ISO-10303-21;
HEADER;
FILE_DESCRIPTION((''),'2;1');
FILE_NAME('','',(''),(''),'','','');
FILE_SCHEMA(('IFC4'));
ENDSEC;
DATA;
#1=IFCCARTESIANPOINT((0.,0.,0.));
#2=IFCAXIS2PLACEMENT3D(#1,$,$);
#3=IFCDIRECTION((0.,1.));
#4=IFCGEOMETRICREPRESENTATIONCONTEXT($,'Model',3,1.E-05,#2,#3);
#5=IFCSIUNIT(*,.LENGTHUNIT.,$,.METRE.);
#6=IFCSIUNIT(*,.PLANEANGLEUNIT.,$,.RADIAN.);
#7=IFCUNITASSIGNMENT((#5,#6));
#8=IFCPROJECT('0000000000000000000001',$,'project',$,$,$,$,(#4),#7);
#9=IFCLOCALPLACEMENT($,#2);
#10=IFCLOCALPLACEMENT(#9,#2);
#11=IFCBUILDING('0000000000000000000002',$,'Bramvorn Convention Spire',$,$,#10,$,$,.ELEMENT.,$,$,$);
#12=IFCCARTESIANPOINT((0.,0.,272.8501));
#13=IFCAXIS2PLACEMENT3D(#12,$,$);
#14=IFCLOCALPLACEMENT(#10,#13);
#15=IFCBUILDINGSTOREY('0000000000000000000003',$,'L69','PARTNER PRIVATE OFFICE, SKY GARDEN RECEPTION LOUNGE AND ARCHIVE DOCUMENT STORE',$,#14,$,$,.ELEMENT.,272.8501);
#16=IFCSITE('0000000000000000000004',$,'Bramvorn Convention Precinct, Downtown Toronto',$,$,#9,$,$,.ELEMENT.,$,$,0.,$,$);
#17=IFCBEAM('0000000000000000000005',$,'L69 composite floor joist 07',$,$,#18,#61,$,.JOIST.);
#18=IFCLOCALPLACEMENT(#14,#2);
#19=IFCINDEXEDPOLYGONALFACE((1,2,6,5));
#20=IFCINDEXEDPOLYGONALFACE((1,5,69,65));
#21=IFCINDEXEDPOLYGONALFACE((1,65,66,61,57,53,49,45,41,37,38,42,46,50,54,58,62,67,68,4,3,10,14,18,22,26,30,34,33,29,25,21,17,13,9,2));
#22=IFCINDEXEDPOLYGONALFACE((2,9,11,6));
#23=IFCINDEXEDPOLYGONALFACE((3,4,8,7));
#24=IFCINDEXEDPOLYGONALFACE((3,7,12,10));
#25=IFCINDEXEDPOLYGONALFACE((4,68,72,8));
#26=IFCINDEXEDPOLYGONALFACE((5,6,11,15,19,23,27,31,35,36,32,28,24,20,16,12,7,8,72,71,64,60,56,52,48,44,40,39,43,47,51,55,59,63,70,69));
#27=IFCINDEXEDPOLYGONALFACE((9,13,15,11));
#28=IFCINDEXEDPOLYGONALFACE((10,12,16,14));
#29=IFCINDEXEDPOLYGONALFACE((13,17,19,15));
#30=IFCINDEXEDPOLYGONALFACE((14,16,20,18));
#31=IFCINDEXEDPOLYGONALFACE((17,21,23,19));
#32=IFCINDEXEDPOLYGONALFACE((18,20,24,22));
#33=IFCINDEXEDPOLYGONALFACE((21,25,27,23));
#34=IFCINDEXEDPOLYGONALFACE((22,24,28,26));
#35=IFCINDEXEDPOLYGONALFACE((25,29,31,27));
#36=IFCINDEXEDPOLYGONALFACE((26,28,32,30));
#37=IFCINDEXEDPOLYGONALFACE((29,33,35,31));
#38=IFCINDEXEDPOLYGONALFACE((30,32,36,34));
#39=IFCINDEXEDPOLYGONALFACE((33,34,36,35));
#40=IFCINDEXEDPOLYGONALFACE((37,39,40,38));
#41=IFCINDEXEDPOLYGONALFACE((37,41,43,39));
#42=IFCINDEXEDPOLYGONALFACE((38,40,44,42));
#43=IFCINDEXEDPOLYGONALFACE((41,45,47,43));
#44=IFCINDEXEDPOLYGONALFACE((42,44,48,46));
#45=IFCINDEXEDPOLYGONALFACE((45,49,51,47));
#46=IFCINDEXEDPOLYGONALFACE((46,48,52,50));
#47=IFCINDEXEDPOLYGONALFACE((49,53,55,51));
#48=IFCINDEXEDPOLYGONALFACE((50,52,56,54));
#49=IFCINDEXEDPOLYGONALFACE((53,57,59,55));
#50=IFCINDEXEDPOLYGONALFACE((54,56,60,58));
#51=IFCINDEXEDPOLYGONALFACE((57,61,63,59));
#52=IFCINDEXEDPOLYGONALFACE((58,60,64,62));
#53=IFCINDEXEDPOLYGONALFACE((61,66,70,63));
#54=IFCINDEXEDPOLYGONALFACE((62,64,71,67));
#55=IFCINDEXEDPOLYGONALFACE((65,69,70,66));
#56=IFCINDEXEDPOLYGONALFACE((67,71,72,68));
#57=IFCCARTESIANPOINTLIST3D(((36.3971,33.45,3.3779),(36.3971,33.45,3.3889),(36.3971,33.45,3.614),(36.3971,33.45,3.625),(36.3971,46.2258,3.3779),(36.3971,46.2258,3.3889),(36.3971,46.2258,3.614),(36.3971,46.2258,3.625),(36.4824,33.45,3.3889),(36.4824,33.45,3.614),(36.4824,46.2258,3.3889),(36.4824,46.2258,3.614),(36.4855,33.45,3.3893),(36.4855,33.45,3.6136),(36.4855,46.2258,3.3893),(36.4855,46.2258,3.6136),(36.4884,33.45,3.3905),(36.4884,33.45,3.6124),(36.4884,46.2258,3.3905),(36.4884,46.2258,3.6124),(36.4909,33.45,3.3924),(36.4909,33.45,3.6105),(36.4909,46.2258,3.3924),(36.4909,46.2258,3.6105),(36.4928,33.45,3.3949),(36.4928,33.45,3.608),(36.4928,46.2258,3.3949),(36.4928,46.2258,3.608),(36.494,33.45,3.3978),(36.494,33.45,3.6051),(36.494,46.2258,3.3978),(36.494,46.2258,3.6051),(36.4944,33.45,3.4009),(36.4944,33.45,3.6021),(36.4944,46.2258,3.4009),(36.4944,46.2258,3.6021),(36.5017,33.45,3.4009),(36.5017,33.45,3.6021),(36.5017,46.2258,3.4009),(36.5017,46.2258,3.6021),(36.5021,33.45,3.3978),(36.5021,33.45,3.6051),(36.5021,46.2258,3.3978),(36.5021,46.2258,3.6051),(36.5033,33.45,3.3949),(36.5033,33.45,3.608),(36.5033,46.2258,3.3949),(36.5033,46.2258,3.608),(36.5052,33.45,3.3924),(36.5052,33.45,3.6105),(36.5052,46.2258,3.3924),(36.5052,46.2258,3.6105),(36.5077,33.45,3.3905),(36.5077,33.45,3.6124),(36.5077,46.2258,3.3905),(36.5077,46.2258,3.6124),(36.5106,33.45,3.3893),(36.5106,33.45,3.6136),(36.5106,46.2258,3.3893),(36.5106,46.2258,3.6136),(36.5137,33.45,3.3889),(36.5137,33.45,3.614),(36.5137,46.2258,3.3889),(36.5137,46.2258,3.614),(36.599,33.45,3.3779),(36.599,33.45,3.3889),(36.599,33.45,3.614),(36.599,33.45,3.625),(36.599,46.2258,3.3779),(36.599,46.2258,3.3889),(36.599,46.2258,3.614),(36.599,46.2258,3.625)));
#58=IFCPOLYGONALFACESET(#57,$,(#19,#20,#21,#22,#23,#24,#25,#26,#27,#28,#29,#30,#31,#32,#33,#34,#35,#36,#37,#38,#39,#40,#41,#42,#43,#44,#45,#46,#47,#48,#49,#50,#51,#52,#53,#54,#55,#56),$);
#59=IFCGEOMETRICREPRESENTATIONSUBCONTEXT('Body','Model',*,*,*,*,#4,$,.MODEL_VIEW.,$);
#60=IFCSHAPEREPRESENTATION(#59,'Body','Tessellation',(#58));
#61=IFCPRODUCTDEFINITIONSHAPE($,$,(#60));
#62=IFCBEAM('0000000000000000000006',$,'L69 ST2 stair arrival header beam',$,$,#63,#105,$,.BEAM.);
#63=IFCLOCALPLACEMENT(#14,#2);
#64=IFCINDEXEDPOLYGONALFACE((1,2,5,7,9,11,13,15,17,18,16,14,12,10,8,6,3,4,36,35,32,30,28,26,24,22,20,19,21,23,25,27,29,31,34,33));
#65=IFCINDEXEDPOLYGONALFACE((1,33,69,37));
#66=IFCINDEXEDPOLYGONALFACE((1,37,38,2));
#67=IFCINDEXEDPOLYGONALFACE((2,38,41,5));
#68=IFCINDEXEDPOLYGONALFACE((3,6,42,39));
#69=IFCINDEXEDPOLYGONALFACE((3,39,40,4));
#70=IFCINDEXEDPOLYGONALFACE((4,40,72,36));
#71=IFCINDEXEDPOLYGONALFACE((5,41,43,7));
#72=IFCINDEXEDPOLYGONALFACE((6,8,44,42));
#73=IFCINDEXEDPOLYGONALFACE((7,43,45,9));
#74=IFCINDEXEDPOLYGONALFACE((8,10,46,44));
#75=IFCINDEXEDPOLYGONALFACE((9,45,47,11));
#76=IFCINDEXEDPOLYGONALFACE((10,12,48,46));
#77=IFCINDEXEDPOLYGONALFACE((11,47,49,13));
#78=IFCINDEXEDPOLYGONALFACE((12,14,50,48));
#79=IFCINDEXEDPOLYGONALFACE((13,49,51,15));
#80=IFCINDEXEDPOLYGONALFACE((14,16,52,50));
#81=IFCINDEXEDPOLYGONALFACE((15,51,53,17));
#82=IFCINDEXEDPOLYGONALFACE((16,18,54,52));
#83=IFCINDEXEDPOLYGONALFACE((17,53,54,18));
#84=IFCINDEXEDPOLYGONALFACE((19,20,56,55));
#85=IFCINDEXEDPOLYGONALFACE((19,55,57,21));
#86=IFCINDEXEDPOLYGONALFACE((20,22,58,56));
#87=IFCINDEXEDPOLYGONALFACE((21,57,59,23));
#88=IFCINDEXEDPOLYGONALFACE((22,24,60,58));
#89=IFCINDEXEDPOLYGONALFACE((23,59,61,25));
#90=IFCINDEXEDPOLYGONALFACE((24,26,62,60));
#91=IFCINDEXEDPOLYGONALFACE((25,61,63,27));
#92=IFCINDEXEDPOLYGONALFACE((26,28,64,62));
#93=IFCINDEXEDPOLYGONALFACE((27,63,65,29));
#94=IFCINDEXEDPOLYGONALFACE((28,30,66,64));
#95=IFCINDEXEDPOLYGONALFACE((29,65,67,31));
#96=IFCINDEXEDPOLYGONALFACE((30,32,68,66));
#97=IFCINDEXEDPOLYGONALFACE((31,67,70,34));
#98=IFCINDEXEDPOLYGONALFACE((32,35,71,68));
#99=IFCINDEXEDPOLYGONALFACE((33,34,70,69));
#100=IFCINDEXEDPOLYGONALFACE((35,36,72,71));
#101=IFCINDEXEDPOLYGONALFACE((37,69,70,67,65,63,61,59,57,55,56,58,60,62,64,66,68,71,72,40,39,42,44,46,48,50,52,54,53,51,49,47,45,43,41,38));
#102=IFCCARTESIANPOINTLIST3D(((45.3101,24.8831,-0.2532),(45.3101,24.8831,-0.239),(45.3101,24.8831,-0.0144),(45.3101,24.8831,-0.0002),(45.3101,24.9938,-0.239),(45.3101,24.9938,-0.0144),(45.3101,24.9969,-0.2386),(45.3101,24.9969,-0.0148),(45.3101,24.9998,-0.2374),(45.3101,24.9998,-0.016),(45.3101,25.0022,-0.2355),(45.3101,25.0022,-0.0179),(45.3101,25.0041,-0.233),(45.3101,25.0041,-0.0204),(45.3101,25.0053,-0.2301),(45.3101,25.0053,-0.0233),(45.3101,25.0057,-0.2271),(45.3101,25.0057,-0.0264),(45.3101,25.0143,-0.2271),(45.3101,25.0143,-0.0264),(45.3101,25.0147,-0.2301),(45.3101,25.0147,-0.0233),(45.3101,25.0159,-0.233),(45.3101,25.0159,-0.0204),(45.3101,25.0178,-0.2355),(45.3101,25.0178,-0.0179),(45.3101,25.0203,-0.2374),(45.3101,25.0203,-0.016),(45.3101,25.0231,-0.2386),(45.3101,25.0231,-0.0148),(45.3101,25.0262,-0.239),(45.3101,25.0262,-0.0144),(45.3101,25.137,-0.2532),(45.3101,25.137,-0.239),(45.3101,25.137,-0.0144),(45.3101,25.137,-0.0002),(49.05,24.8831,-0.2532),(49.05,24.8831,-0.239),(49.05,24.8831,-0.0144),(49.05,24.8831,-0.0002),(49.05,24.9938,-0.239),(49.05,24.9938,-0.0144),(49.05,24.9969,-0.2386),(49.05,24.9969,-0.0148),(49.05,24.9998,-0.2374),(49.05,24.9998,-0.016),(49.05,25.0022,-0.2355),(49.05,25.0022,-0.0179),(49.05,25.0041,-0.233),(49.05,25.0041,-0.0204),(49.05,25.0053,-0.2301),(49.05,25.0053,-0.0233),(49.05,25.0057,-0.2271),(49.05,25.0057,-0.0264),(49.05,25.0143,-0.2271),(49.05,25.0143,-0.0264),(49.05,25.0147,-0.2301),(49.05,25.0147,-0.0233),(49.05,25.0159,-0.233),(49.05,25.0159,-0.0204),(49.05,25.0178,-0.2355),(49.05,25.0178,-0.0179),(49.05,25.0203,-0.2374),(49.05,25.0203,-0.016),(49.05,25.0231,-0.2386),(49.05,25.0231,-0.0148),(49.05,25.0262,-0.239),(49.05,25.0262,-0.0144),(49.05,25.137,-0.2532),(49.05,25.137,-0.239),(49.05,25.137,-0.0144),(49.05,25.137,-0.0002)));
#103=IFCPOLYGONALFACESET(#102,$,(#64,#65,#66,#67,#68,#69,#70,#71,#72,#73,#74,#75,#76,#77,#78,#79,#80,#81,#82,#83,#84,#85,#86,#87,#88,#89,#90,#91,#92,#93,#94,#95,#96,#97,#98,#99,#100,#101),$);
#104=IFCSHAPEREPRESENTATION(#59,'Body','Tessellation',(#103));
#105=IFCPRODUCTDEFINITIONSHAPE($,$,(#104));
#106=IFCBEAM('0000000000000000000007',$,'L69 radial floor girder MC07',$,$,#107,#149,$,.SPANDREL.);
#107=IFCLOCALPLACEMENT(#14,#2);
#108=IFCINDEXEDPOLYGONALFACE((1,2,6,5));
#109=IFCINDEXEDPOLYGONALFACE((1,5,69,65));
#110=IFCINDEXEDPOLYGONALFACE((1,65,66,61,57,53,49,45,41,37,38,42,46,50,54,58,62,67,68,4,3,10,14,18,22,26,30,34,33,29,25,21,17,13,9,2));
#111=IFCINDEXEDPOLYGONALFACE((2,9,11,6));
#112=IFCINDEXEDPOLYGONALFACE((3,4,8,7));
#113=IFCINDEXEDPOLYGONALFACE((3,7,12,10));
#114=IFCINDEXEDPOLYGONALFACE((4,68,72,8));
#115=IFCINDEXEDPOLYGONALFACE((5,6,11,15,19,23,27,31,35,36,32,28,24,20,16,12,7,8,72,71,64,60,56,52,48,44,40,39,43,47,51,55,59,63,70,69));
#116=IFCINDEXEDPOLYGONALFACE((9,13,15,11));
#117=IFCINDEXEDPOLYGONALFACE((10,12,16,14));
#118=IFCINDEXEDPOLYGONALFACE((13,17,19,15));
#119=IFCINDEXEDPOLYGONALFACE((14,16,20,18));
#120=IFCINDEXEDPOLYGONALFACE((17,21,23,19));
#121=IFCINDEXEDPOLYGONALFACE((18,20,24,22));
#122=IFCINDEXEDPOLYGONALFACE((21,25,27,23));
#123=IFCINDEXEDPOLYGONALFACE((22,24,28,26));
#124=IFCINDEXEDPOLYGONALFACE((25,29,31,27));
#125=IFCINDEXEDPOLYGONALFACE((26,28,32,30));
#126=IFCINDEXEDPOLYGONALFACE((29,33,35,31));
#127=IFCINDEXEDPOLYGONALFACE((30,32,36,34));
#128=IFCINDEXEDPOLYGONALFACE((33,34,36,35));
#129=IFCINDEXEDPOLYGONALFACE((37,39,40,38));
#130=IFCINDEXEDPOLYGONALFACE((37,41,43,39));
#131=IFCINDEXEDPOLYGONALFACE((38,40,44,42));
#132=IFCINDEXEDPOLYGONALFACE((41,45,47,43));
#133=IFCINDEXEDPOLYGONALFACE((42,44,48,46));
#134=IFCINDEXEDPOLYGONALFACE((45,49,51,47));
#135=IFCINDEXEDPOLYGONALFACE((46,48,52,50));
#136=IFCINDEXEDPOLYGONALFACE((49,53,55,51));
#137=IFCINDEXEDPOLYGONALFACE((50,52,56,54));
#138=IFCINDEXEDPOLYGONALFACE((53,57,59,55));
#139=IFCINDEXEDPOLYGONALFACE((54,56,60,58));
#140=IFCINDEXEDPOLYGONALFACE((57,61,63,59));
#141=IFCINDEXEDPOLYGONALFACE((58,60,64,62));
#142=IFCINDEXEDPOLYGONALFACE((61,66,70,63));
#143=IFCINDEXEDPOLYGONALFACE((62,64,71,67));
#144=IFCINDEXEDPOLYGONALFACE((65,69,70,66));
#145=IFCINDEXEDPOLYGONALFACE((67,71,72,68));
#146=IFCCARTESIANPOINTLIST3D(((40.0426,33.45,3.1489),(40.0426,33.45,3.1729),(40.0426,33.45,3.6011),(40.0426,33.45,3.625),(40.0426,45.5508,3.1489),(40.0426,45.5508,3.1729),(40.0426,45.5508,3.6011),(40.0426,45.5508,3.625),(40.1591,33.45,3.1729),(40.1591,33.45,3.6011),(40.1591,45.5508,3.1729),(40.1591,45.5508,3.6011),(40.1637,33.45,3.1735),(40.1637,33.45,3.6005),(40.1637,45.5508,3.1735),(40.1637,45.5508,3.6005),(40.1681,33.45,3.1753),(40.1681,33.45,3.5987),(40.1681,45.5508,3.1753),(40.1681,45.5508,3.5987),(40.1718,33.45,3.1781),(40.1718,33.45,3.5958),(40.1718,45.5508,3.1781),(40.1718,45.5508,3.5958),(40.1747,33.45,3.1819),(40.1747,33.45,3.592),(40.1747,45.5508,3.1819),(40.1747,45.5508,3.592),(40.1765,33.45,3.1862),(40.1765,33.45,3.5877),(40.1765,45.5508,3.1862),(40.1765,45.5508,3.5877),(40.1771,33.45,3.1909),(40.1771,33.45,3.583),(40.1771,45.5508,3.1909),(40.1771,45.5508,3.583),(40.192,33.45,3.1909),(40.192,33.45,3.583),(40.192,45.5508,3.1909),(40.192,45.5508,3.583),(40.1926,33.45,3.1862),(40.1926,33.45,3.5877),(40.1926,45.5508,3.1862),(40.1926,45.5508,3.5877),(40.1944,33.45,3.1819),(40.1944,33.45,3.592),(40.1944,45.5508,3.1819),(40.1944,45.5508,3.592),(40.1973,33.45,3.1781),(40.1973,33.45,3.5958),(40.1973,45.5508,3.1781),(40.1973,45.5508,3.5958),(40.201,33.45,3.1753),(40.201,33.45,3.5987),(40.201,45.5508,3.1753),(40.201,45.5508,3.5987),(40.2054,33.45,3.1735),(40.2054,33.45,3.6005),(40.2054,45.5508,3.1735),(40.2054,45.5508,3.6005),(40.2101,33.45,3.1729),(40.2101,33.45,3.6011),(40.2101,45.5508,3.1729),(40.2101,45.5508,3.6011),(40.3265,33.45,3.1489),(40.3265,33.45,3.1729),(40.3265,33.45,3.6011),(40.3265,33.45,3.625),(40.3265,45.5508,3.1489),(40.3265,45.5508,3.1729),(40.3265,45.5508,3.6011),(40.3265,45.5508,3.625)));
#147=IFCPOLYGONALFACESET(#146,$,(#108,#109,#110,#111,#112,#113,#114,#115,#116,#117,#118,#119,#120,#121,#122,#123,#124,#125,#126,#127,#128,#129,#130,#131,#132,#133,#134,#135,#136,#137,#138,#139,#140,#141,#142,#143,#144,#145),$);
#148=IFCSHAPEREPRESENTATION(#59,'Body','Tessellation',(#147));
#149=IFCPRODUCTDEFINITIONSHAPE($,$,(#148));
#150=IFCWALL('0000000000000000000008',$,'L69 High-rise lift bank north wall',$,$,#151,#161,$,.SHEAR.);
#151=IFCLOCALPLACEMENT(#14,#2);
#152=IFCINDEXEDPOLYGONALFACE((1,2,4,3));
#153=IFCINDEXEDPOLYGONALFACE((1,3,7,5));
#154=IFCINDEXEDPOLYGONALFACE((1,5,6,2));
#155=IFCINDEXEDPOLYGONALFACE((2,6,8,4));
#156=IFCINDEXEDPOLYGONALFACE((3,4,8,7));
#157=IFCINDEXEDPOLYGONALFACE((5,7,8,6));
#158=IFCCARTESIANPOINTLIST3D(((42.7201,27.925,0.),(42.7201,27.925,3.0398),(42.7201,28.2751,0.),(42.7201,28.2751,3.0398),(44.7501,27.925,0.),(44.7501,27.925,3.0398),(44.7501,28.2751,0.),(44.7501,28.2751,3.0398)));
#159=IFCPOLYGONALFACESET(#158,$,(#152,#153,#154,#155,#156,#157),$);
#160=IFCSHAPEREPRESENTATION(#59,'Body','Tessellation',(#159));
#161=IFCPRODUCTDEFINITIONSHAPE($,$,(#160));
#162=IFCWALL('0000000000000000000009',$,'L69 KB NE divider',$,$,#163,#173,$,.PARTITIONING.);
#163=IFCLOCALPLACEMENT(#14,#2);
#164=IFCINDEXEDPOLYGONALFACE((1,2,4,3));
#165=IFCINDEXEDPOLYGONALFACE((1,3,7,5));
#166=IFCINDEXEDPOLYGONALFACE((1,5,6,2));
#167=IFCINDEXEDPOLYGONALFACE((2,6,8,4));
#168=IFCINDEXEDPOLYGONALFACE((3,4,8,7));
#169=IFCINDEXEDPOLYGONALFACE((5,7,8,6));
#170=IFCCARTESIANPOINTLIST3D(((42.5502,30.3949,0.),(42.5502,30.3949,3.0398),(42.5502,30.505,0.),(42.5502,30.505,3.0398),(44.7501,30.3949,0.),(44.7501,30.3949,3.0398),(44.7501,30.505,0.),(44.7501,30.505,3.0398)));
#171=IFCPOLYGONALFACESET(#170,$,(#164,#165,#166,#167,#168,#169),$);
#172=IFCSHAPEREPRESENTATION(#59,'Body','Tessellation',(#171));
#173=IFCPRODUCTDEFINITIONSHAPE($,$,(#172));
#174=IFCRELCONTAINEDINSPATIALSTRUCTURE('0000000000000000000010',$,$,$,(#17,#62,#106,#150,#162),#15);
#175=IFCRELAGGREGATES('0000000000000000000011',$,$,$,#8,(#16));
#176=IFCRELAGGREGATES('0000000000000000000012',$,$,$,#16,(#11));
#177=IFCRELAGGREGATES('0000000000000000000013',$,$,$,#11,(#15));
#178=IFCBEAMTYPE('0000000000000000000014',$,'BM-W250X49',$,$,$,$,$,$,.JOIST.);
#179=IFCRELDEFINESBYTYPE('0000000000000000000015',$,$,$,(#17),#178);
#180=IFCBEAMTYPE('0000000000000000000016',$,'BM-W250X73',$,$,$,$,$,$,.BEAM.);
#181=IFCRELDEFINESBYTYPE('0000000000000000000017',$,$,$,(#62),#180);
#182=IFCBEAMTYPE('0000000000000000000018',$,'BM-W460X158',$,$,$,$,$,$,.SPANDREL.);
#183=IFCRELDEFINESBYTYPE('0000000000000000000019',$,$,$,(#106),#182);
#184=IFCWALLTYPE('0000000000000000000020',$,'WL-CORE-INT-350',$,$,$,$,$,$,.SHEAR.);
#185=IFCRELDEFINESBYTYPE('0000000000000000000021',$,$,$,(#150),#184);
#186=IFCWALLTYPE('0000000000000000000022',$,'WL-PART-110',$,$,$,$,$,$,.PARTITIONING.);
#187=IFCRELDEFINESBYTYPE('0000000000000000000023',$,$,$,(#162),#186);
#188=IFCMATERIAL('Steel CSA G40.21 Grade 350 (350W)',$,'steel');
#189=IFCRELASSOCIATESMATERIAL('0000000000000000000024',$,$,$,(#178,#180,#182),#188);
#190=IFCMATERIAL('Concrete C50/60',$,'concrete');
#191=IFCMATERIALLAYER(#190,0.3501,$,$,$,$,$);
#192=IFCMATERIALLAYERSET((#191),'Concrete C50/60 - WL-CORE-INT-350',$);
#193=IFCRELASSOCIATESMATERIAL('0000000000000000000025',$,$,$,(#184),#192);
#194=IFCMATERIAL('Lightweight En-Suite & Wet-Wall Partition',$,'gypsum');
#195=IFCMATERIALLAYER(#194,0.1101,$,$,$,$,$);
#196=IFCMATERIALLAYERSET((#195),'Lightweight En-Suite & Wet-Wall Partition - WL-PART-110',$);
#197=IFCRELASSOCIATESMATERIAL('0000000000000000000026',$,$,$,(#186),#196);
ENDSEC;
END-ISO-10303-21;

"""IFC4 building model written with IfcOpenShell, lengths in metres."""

from ifc_helpers import new_model, si_unit, direction, frame, frame_2d, origin, origin_2d, place, context, subcontext, project, spatial, rectangle, i_section, extrude, material, layer, layer_set, material_profile, profile_set, type_object, element, save


model = new_model("IFC4")

# Units and contexts
model_context = context("Model", 3, precision=1e-05, world=origin(), true_north=direction((0.0, 1.0)))
body_context = subcontext(model_context, "Body", "Model", "MODEL_VIEW")
ifc_project = project(units=[si_unit("LENGTHUNIT", "METRE"), si_unit("PLANEANGLEUNIT", "RADIAN")], contexts=[model_context])

# Site, building, storey
site_placement = place(None, origin())
site = spatial("IfcSite", under=ifc_project, at=site_placement, Name="Bramvorn Convention Precinct, Downtown Toronto", CompositionType="ELEMENT", RefElevation=0.0)
building_placement = place(site_placement, origin())
building = spatial("IfcBuilding", under=site, at=building_placement, Name="Bramvorn Convention Spire", CompositionType="ELEMENT")
storey_placement = place(building_placement, frame((0.0, 0.0, 272.8501)))
storey = spatial("IfcBuildingStorey", under=building, at=storey_placement, Name="L69", Description="PARTNER PRIVATE OFFICE, SKY GARDEN RECEPTION LOUNGE AND ARCHIVE DOCUMENT STORE", CompositionType="ELEMENT", Elevation=272.8501)

# Beams
ifc_material_1 = material(Name="Steel CSA G40.21 Grade 350 (350W)", Category="steel")
ifc_material_profile_1 = material_profile(ifc_material_1, i_section(OverallWidth=0.2019, OverallDepth=0.2471, WebThickness=0.0073, FlangeThickness=0.011, FilletRadius=0.012, at=origin_2d()))
ifc_profile_set_1 = profile_set([ifc_material_profile_1], Name="Steel CSA G40.21 Grade 350 (350W) - W250X49")
beam_type_1 = type_object("IfcBeamType", Name="BM-W250X49", PredefinedType="JOIST", material=ifc_profile_set_1)
beam_1_placement = place(storey_placement, frame((36.498, 33.45, 3.5015), z_axis=(0.0, 1.0, 0.0), x_axis=(-1.0, 0.0, 0.0)))
element("IfcBeam", 1, at=beam_1_placement, inside=storey, type_object=beam_type_1, Name="L69 composite floor joist 07", PredefinedType="JOIST", context=body_context, shape_type="SweptSolid", body=[
    extrude(i_section(OverallWidth=0.2019, OverallDepth=0.2471, WebThickness=0.0073, FlangeThickness=0.011, FilletRadius=0.012, at=origin_2d()), origin(), (0.0, 0.0, 1.0), 12.7759),
])
ifc_material_profile_2 = material_profile(ifc_material_1, i_section(OverallWidth=0.2539, OverallDepth=0.2529, WebThickness=0.0085, FlangeThickness=0.0142, FilletRadius=0.012, at=origin_2d()))
ifc_profile_set_2 = profile_set([ifc_material_profile_2], Name="Steel CSA G40.21 Grade 350 (350W) - W250X73")
beam_type_2 = type_object("IfcBeamType", Name="BM-W250X73", PredefinedType="BEAM", material=ifc_profile_set_2)
beam_2_placement = place(storey_placement, frame((45.3101, 25.01, -0.1267), z_axis=(1.0, 0.0, 0.0), x_axis=(0.0, 1.0, 0.0)))
element("IfcBeam", 2, at=beam_2_placement, inside=storey, type_object=beam_type_2, Name="L69 ST2 stair arrival header beam", PredefinedType="BEAM", context=body_context, shape_type="SweptSolid", body=[
    extrude(i_section(OverallWidth=0.2539, OverallDepth=0.2529, WebThickness=0.0085, FlangeThickness=0.0142, FilletRadius=0.012, at=origin_2d()), origin(), (0.0, 0.0, 1.0), 3.74),
])
ifc_material_profile_3 = material_profile(ifc_material_1, i_section(OverallWidth=0.2839, OverallDepth=0.4761, WebThickness=0.0149, FlangeThickness=0.0239, FilletRadius=0.0181, at=origin_2d()))
ifc_profile_set_3 = profile_set([ifc_material_profile_3], Name="Steel CSA G40.21 Grade 350 (350W) - W460X158")
beam_type_3 = type_object("IfcBeamType", Name="BM-W460X158", PredefinedType="SPANDREL", material=ifc_profile_set_3)
beam_3_placement = place(storey_placement, frame((40.1846, 33.45, 3.387), z_axis=(0.0, 1.0, 0.0), x_axis=(-1.0, 0.0, 0.0)))
element("IfcBeam", 3, at=beam_3_placement, inside=storey, type_object=beam_type_3, Name="L69 radial floor girder MC07", PredefinedType="SPANDREL", context=body_context, shape_type="SweptSolid", body=[
    extrude(i_section(OverallWidth=0.2839, OverallDepth=0.4761, WebThickness=0.0149, FlangeThickness=0.0239, FilletRadius=0.0181, at=origin_2d()), origin(), (0.0, 0.0, 1.0), 12.1008),
])

# Shared definitions
ifc_material_2 = material(Name="Concrete C50/60", Category="concrete")
ifc_layer_1 = layer(ifc_material_2, 0.3501)
ifc_layer_set_1 = layer_set([ifc_layer_1], Name="Concrete C50/60 - WL-CORE-INT-350")
wall_type_1 = type_object("IfcWallType", Name="WL-CORE-INT-350", PredefinedType="SHEAR", material=ifc_layer_set_1)

# Walls
wall_1_placement = place(storey_placement, frame((42.72, 28.1001, 0.0), z_axis=(0.0, 0.0, 1.0), x_axis=(1.0, 0.0, 0.0)))
element("IfcWall", 4, at=wall_1_placement, inside=storey, type_object=wall_type_1, Name="L69 High-rise lift bank north wall", PredefinedType="SHEAR", context=body_context, shape_type="SweptSolid", body=[
    extrude(rectangle(XDim=2.03, YDim=0.3501, at=frame_2d((1.0151, 0.0))), origin(), (0.0, 0.0, 1.0), 3.0398),
])
ifc_material_3 = material(Name="Lightweight En-Suite & Wet-Wall Partition", Category="gypsum")
ifc_layer_2 = layer(ifc_material_3, 0.1101)
ifc_layer_set_2 = layer_set([ifc_layer_2], Name="Lightweight En-Suite & Wet-Wall Partition - WL-PART-110")
wall_type_2 = type_object("IfcWallType", Name="WL-PART-110", PredefinedType="PARTITIONING", material=ifc_layer_set_2)
wall_2_placement = place(storey_placement, frame((42.55, 30.45, 0.0), z_axis=(0.0, 0.0, 1.0), x_axis=(1.0, 0.0, 0.0)))
element("IfcWall", 5, at=wall_2_placement, inside=storey, type_object=wall_type_2, Name="L69 KB NE divider", PredefinedType="PARTITIONING", context=body_context, shape_type="SweptSolid", body=[
    extrude(rectangle(XDim=2.2, YDim=0.1101, at=frame_2d((1.1001, 0.0))), origin(), (0.0, 0.0, 1.0), 3.0398),
])

save(model, "model.ifc")
